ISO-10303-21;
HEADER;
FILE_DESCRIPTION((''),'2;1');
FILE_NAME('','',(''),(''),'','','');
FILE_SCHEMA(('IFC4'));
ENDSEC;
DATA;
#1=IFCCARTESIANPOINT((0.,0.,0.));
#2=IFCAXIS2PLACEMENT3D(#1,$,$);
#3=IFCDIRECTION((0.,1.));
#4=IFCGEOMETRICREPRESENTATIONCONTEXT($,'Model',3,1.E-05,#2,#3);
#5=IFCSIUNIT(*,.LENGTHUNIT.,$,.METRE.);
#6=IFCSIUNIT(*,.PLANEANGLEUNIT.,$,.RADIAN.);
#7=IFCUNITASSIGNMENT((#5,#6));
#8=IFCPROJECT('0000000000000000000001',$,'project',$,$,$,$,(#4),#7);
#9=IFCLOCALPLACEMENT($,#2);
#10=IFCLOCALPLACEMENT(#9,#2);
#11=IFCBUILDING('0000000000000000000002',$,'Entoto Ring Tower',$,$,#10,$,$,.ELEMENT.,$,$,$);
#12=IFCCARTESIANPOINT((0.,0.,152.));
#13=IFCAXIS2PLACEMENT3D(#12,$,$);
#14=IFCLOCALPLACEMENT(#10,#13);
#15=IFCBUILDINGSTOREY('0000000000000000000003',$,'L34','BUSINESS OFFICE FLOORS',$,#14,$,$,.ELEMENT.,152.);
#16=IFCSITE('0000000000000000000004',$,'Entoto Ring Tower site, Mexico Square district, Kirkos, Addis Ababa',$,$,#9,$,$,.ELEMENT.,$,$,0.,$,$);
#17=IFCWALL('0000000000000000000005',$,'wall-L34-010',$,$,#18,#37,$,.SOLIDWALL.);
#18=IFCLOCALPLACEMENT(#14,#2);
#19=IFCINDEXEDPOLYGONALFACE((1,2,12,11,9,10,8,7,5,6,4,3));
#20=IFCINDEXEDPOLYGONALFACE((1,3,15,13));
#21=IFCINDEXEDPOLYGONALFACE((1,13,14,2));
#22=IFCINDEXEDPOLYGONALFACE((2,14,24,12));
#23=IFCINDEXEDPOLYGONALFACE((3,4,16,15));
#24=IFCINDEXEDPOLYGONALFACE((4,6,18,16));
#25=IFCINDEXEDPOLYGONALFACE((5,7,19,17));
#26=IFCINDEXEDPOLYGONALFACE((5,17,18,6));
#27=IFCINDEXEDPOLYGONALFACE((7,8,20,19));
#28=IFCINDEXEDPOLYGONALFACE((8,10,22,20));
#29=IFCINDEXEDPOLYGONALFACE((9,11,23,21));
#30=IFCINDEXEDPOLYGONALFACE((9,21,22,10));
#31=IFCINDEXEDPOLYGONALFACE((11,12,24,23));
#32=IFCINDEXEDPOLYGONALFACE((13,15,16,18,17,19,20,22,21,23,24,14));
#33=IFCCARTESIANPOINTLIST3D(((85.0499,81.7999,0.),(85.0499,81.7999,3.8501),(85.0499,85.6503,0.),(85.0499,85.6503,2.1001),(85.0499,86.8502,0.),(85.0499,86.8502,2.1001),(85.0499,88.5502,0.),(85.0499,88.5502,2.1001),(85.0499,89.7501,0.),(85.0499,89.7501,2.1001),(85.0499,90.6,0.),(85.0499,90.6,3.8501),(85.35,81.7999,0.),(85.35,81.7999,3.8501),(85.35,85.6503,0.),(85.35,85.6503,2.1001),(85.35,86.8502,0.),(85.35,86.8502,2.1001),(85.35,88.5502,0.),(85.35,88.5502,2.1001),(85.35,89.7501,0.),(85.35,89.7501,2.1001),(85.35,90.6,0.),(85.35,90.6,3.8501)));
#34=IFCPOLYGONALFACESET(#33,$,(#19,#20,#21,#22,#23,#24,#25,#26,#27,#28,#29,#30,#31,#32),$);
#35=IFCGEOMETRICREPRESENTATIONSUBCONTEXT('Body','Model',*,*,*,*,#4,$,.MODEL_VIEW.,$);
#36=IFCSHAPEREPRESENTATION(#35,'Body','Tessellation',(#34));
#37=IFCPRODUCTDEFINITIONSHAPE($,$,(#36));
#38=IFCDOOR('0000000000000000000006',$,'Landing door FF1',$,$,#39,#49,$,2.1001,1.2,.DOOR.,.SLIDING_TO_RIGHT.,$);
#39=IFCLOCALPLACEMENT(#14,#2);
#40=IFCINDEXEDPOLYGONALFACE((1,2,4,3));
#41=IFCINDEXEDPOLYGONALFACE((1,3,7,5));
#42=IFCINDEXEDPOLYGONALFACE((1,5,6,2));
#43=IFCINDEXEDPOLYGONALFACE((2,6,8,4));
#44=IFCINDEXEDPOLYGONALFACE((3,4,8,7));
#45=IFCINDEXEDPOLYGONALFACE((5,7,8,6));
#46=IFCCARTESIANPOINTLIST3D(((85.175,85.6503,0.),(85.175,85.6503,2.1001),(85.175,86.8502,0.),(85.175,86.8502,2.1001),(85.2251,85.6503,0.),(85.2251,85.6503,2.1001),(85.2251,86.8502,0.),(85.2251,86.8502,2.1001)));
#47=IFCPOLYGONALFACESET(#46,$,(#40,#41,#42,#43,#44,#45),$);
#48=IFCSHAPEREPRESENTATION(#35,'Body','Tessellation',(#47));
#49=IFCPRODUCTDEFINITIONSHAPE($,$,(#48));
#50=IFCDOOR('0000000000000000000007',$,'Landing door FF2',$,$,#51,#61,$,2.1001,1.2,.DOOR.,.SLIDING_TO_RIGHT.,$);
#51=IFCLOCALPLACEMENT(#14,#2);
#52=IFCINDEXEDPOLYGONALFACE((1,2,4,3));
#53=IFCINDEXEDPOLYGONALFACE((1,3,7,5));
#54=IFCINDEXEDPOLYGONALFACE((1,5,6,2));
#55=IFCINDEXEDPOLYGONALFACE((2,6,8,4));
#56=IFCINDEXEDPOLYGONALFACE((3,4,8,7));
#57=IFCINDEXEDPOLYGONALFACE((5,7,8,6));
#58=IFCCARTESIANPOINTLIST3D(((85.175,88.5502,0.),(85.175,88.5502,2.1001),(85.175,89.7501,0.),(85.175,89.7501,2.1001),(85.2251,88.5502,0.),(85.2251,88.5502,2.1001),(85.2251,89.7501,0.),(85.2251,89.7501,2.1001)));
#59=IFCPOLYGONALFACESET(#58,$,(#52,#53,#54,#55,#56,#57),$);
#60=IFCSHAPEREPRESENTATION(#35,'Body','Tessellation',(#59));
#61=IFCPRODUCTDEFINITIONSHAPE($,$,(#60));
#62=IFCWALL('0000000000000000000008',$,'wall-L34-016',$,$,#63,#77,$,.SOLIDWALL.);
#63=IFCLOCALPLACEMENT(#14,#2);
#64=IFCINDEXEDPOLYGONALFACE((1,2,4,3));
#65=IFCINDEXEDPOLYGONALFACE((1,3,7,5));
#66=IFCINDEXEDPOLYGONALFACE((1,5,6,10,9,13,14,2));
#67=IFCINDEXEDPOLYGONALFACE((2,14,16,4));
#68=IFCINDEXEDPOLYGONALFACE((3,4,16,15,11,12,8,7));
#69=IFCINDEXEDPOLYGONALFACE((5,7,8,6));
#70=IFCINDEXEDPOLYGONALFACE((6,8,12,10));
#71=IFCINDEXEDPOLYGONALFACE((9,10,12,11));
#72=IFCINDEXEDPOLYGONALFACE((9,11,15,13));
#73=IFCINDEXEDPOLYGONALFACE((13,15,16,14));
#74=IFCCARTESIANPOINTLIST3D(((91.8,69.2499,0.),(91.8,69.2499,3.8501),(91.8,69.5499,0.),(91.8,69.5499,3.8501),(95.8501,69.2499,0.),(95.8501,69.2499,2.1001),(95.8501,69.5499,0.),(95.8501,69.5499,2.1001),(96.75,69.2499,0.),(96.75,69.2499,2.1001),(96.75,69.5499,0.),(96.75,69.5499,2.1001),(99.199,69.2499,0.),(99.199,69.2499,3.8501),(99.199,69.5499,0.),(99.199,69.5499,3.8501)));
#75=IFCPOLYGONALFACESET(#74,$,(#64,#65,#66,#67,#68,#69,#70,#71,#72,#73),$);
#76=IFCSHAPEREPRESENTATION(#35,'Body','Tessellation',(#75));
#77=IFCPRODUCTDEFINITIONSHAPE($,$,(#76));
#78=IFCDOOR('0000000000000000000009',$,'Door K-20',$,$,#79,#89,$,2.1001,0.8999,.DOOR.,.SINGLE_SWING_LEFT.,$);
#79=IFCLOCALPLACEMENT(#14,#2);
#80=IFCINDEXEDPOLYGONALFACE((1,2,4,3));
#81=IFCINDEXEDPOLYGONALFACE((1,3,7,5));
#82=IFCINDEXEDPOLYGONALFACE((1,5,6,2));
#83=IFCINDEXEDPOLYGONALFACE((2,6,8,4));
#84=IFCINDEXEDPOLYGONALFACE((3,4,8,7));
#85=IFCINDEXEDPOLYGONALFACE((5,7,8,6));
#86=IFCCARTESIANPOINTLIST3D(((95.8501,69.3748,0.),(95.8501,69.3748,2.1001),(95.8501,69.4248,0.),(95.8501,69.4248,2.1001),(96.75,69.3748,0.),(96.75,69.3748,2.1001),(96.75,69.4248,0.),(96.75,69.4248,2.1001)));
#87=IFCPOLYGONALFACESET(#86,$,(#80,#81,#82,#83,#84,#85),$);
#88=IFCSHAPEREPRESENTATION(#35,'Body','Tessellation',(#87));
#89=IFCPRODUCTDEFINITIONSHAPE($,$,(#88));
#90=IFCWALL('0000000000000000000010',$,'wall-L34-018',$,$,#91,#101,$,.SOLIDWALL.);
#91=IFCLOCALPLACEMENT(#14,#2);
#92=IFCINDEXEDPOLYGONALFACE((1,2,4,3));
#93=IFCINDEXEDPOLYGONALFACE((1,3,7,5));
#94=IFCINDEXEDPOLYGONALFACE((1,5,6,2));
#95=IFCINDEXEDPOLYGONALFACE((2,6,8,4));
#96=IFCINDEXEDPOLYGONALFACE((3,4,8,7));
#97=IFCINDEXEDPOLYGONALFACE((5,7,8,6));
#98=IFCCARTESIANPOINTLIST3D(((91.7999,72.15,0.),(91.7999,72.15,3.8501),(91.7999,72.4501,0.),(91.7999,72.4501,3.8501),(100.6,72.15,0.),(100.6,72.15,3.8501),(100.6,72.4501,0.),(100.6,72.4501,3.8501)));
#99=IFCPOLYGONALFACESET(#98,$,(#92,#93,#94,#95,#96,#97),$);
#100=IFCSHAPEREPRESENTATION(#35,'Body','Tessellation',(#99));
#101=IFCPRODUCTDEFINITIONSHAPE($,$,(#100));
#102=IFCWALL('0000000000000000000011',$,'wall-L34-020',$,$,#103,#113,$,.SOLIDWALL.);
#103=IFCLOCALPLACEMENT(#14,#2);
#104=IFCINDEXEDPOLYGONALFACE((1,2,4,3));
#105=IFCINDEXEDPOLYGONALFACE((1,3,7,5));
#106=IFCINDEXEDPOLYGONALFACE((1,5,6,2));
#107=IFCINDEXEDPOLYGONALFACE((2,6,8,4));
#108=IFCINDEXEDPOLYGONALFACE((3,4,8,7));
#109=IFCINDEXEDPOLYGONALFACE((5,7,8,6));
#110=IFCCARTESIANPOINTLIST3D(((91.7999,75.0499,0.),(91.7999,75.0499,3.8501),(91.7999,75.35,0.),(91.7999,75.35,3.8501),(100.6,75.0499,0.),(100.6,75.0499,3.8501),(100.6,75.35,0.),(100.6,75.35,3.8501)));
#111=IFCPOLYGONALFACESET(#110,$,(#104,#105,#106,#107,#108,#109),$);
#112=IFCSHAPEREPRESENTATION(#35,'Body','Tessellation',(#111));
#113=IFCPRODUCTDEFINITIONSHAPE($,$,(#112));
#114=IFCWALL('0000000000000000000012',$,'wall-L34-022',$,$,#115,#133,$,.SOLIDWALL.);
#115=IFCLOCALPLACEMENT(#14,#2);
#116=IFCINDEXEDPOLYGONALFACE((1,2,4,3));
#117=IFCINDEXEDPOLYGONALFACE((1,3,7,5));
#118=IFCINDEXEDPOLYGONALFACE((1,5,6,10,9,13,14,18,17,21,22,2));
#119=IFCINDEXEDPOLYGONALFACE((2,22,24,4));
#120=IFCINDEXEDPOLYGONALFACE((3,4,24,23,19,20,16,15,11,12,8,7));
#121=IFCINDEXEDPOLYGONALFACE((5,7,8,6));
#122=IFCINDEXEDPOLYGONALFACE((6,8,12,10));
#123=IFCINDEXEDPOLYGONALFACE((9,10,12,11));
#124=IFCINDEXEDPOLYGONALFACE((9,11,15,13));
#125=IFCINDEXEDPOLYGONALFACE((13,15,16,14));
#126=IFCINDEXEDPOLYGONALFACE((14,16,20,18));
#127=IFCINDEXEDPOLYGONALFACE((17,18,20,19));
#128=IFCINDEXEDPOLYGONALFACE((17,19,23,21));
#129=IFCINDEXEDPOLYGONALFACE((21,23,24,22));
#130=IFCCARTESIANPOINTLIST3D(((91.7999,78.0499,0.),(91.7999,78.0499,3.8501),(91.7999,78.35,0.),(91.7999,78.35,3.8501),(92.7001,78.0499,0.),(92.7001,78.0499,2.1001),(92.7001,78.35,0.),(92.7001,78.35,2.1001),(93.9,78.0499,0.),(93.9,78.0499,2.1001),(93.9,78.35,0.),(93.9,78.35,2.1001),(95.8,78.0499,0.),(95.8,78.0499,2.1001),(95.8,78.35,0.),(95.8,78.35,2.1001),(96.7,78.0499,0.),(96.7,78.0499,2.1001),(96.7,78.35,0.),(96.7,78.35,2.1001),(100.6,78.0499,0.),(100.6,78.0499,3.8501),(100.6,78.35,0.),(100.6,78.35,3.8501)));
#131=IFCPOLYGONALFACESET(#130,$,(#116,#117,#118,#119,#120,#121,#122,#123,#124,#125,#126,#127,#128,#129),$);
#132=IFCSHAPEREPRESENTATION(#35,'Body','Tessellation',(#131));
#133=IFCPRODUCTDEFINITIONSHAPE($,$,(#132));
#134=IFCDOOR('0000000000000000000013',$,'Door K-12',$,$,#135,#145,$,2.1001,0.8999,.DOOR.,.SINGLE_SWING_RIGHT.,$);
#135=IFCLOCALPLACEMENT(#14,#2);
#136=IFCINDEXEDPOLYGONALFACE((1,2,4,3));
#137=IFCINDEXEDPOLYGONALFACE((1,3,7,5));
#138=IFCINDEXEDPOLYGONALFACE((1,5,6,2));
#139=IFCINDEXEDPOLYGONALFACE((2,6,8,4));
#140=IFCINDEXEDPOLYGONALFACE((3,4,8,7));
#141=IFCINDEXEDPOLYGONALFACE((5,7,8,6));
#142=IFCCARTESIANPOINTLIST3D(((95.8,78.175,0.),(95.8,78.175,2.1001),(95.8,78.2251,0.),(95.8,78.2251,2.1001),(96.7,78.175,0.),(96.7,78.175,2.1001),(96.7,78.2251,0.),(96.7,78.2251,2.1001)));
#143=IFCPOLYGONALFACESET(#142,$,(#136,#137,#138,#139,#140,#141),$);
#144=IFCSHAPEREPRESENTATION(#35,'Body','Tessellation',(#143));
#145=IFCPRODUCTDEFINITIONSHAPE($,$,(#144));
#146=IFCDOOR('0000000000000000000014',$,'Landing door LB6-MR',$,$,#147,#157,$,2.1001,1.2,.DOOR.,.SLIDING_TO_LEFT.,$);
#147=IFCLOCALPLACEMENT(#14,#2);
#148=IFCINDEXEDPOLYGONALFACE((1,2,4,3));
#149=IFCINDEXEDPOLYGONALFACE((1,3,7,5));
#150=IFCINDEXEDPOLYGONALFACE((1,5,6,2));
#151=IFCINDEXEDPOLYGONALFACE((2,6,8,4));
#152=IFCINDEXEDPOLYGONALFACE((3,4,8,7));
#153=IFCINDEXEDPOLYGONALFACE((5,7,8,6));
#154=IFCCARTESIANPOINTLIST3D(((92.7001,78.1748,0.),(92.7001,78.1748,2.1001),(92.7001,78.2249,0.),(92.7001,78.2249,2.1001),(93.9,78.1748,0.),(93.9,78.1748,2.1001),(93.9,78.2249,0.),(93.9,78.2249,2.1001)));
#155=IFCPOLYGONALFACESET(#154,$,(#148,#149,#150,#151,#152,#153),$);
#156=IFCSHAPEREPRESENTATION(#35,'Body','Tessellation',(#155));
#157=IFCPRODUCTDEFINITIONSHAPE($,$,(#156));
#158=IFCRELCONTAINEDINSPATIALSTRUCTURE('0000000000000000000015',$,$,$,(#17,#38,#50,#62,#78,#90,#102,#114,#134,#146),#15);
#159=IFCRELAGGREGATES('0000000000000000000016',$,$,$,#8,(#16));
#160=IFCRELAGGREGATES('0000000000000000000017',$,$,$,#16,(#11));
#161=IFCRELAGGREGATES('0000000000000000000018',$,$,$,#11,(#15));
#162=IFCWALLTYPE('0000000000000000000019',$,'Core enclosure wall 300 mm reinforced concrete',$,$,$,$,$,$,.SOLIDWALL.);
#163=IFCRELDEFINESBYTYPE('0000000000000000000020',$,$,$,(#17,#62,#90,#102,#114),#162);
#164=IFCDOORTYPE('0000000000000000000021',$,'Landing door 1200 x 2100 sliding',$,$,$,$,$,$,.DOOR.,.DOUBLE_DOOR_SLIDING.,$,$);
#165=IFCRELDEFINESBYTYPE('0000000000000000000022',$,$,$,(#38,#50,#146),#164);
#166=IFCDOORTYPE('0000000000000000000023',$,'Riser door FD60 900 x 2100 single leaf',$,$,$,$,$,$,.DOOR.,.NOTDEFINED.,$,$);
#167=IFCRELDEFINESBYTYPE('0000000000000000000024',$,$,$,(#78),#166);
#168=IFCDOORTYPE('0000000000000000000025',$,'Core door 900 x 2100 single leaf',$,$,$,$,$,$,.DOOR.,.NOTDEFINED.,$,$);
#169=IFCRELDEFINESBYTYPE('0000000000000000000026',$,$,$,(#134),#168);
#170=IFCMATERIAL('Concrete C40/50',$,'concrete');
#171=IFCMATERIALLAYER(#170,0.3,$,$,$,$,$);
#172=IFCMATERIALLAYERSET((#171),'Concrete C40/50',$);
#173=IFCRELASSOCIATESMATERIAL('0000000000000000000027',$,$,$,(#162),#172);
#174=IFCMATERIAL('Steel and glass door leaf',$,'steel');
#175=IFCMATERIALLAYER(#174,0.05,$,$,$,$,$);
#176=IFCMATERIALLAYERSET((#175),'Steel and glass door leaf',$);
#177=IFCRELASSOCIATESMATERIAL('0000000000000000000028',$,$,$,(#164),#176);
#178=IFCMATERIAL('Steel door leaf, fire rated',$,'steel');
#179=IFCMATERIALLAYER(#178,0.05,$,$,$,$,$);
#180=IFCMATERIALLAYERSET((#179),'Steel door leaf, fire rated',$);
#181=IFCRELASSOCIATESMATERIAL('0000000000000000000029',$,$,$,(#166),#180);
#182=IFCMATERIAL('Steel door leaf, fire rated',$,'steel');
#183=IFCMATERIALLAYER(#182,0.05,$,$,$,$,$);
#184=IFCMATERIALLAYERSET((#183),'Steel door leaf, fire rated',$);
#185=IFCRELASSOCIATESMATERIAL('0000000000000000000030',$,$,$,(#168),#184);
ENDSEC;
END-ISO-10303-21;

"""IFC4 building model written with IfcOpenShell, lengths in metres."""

from ifc_helpers import new_model, si_unit, direction, frame, frame_2d, origin, place, context, subcontext, project, spatial, rectangle, extrude, material, layer, layer_set, type_object, element, fill, save


model = new_model("IFC4")

# Units and contexts
model_context = context("Model", 3, precision=1e-05, world=origin(), true_north=direction((0.0, 1.0)))
body_context = subcontext(model_context, "Body", "Model", "MODEL_VIEW")
ifc_project = project(units=[si_unit("LENGTHUNIT", "METRE"), si_unit("PLANEANGLEUNIT", "RADIAN")], contexts=[model_context])

# Site, building, storey
site_placement = place(None, origin())
site = spatial("IfcSite", under=ifc_project, at=site_placement, Name="Entoto Ring Tower site, Mexico Square district, Kirkos, Addis Ababa", CompositionType="ELEMENT", RefElevation=0.0)
building_placement = place(site_placement, origin())
building = spatial("IfcBuilding", under=site, at=building_placement, Name="Entoto Ring Tower", CompositionType="ELEMENT")
storey_placement = place(building_placement, frame((0.0, 0.0, 152.0)))
storey = spatial("IfcBuildingStorey", under=building, at=storey_placement, Name="L34", Description="BUSINESS OFFICE FLOORS", CompositionType="ELEMENT", Elevation=152.0)

# Shared definitions
ifc_material_1 = material(Name="Concrete C40/50", Category="concrete")
ifc_layer_1 = layer(ifc_material_1, 0.3)
ifc_layer_set_1 = layer_set([ifc_layer_1], Name="Concrete C40/50")
wall_type = type_object("IfcWallType", Name="Core enclosure wall 300 mm reinforced concrete", PredefinedType="SOLIDWALL", material=ifc_layer_set_1)

# Shared definitions
ifc_material_2 = material(Name="Steel and glass door leaf", Category="steel")
ifc_layer_2 = layer(ifc_material_2, 0.05)
ifc_layer_set_2 = layer_set([ifc_layer_2], Name="Steel and glass door leaf")
door_type_1 = type_object("IfcDoorType", Name="Landing door 1200 x 2100 sliding", OperationType="DOUBLE_DOOR_SLIDING", PredefinedType="DOOR", material=ifc_layer_set_2)

# Wall, openings, doors
wall_1_placement = place(storey_placement, frame((85.2, 81.8, 0.0), z_axis=(0.0, 0.0, 1.0), x_axis=(0.0, 1.0, 0.0)))
wall_1 = element("IfcWall", 1, at=wall_1_placement, inside=storey, type_object=wall_type, Name="wall-L34-010", PredefinedType="SOLIDWALL", context=body_context, shape_type="SweptSolid", body=[
    extrude(rectangle(XDim=8.8, YDim=0.3, at=frame_2d((4.3999, 0.0))), origin(), (0.0, 0.0, 1.0), 3.8501),
])
opening_1_placement = place(wall_1_placement, frame((3.8501, 0.0, 0.0)))
opening_1 = element("IfcOpeningElement", 2, at=opening_1_placement, cuts=wall_1, PredefinedType="OPENING", context=body_context, shape_type="SweptSolid", body=[
    extrude(rectangle(XDim=1.2, YDim=2.1001, at=frame_2d((0.6001, 1.05))), frame((0.0, 0.1602, 0.0), z_axis=(0.0, -1.0, 0.0), x_axis=(1.0, 0.0, 0.0)), (0.0, 0.0, 1.0), 0.3201),
])
opening_2_placement = place(wall_1_placement, frame((6.75, 0.0, 0.0)))
opening_2 = element("IfcOpeningElement", 3, at=opening_2_placement, cuts=wall_1, PredefinedType="OPENING", context=body_context, shape_type="SweptSolid", body=[
    extrude(rectangle(XDim=1.2, YDim=2.1001, at=frame_2d((0.6001, 1.05))), frame((0.0, 0.1602, 0.0), z_axis=(0.0, -1.0, 0.0), x_axis=(1.0, 0.0, 0.0)), (0.0, 0.0, 1.0), 0.3201),
])
door_1_placement = place(opening_1_placement, origin())
door_1 = element("IfcDoor", 4, at=door_1_placement, inside=storey, type_object=door_type_1, Name="Landing door FF1", OperationType="SLIDING_TO_RIGHT", OverallHeight=2.1001, OverallWidth=1.2, PredefinedType="DOOR", context=body_context, shape_type="SweptSolid", body=[
    extrude(rectangle(XDim=1.2, YDim=2.1001, at=frame_2d((0.6001, 1.05))), frame((0.0, 0.0249, 0.0), z_axis=(0.0, -1.0, 0.0), x_axis=(1.0, 0.0, 0.0)), (0.0, 0.0, 1.0), 0.05),
])
fill(opening_1, door_1)
door_2_placement = place(opening_2_placement, origin())
door_2 = element("IfcDoor", 5, at=door_2_placement, inside=storey, type_object=door_type_1, Name="Landing door FF2", OperationType="SLIDING_TO_RIGHT", OverallHeight=2.1001, OverallWidth=1.2, PredefinedType="DOOR", context=body_context, shape_type="SweptSolid", body=[
    extrude(rectangle(XDim=1.2, YDim=2.1001, at=frame_2d((0.6001, 1.05))), frame((0.0, 0.0249, 0.0), z_axis=(0.0, -1.0, 0.0), x_axis=(1.0, 0.0, 0.0)), (0.0, 0.0, 1.0), 0.05),
])
fill(opening_2, door_2)

# Wall, opening, door
wall_2_placement = place(storey_placement, frame((91.8, 69.3999, 0.0), z_axis=(0.0, 0.0, 1.0), x_axis=(1.0, 0.0, 0.0)))
wall_2 = element("IfcWall", 6, at=wall_2_placement, inside=storey, type_object=wall_type, Name="wall-L34-016", PredefinedType="SOLIDWALL", context=body_context, shape_type="SweptSolid", body=[
    extrude(rectangle(XDim=7.3989, YDim=0.3, at=frame_2d((3.6995, 0.0))), origin(), (0.0, 0.0, 1.0), 3.8501),
])
opening_3_placement = place(wall_2_placement, frame((4.05, 0.0, 0.0)))
opening_3 = element("IfcOpeningElement", 7, at=opening_3_placement, cuts=wall_2, PredefinedType="OPENING", context=body_context, shape_type="SweptSolid", body=[
    extrude(rectangle(XDim=0.8999, YDim=2.1001, at=frame_2d((0.45, 1.05))), frame((0.0, 0.1602, 0.0), z_axis=(0.0, -1.0, 0.0), x_axis=(1.0, 0.0, 0.0)), (0.0, 0.0, 1.0), 0.3201),
])
ifc_material_3 = material(Name="Steel door leaf, fire rated", Category="steel")
ifc_layer_3 = layer(ifc_material_3, 0.05)
ifc_layer_set_3 = layer_set([ifc_layer_3], Name="Steel door leaf, fire rated")
door_type_2 = type_object("IfcDoorType", Name="Riser door FD60 900 x 2100 single leaf", OperationType="NOTDEFINED", PredefinedType="DOOR", material=ifc_layer_set_3)
door_3_placement = place(opening_3_placement, origin())
door_3 = element("IfcDoor", 8, at=door_3_placement, inside=storey, type_object=door_type_2, Name="Door K-20", OperationType="SINGLE_SWING_LEFT", OverallHeight=2.1001, OverallWidth=0.8999, PredefinedType="DOOR", context=body_context, shape_type="SweptSolid", body=[
    extrude(rectangle(XDim=0.8999, YDim=2.1001, at=frame_2d((0.45, 1.05))), frame((0.0, 0.0249, 0.0), z_axis=(0.0, -1.0, 0.0), x_axis=(1.0, 0.0, 0.0)), (0.0, 0.0, 1.0), 0.05),
])
fill(opening_3, door_3)

# Walls
for number, where, z_axis, x_axis, name in (
    (9, (91.8, 72.3, 0.0), (0.0, 0.0, 1.0), (1.0, 0.0, 0.0), "wall-L34-018"),
    (10, (91.8, 75.2, 0.0), (0.0, 0.0, 1.0), (1.0, 0.0, 0.0), "wall-L34-020"),
):
    element("IfcWall", number, at=place(storey_placement, frame(where, z_axis=z_axis, x_axis=x_axis)), inside=storey, type_object=wall_type, Name=name, PredefinedType="SOLIDWALL", context=body_context, shape_type="SweptSolid", body=[
        extrude(rectangle(XDim=8.8, YDim=0.3, at=frame_2d((4.3999, 0.0))), origin(), (0.0, 0.0, 1.0), 3.8501),
    ])

# Wall, openings, doors
wall_3_placement = place(storey_placement, frame((91.8, 78.2, 0.0), z_axis=(0.0, 0.0, 1.0), x_axis=(1.0, 0.0, 0.0)))
wall_3 = element("IfcWall", 11, at=wall_3_placement, inside=storey, type_object=wall_type, Name="wall-L34-022", PredefinedType="SOLIDWALL", context=body_context, shape_type="SweptSolid", body=[
    extrude(rectangle(XDim=8.8, YDim=0.3, at=frame_2d((4.3999, 0.0))), origin(), (0.0, 0.0, 1.0), 3.8501),
])
opening_4_placement = place(wall_3_placement, frame((0.8999, 0.0, 0.0)))
opening_4 = element("IfcOpeningElement", 12, at=opening_4_placement, cuts=wall_3, PredefinedType="OPENING", context=body_context, shape_type="SweptSolid", body=[
    extrude(rectangle(XDim=1.2, YDim=2.1001, at=frame_2d((0.6001, 1.05))), frame((0.0, 0.1602, 0.0), z_axis=(0.0, -1.0, 0.0), x_axis=(1.0, 0.0, 0.0)), (0.0, 0.0, 1.0), 0.3201),
])
opening_5_placement = place(wall_3_placement, frame((4.0, 0.0, 0.0)))
opening_5 = element("IfcOpeningElement", 13, at=opening_5_placement, cuts=wall_3, PredefinedType="OPENING", context=body_context, shape_type="SweptSolid", body=[
    extrude(rectangle(XDim=0.8999, YDim=2.1001, at=frame_2d((0.45, 1.05))), frame((0.0, 0.1602, 0.0), z_axis=(0.0, -1.0, 0.0), x_axis=(1.0, 0.0, 0.0)), (0.0, 0.0, 1.0), 0.3201),
])
ifc_material_4 = material(Name="Steel door leaf, fire rated", Category="steel")
ifc_layer_4 = layer(ifc_material_4, 0.05)
ifc_layer_set_4 = layer_set([ifc_layer_4], Name="Steel door leaf, fire rated")
door_type_3 = type_object("IfcDoorType", Name="Core door 900 x 2100 single leaf", OperationType="NOTDEFINED", PredefinedType="DOOR", material=ifc_layer_set_4)
door_4_placement = place(opening_5_placement, frame((0.8999, 0.0, 0.0), z_axis=(0.0, 0.0, 1.0), x_axis=(-1.0, 0.0, 0.0)))
door_4 = element("IfcDoor", 14, at=door_4_placement, inside=storey, type_object=door_type_3, Name="Door K-12", OperationType="SINGLE_SWING_RIGHT", OverallHeight=2.1001, OverallWidth=0.8999, PredefinedType="DOOR", context=body_context, shape_type="SweptSolid", body=[
    extrude(rectangle(XDim=0.8999, YDim=2.1001, at=frame_2d((0.45, 1.05))), frame((0.0, 0.0249, 0.0), z_axis=(0.0, -1.0, 0.0), x_axis=(1.0, 0.0, 0.0)), (0.0, 0.0, 1.0), 0.05),
])
fill(opening_5, door_4)
door_5_placement = place(opening_4_placement, origin())
door_5 = element("IfcDoor", 15, at=door_5_placement, inside=storey, type_object=door_type_1, Name="Landing door LB6-MR", OperationType="SLIDING_TO_LEFT", OverallHeight=2.1001, OverallWidth=1.2, PredefinedType="DOOR", context=body_context, shape_type="SweptSolid", body=[
    extrude(rectangle(XDim=1.2, YDim=2.1001, at=frame_2d((0.6001, 1.05))), frame((0.0, 0.0249, 0.0), z_axis=(0.0, -1.0, 0.0), x_axis=(1.0, 0.0, 0.0)), (0.0, 0.0, 1.0), 0.05),
])
fill(opening_4, door_5)

save(model, "model.ifc")
